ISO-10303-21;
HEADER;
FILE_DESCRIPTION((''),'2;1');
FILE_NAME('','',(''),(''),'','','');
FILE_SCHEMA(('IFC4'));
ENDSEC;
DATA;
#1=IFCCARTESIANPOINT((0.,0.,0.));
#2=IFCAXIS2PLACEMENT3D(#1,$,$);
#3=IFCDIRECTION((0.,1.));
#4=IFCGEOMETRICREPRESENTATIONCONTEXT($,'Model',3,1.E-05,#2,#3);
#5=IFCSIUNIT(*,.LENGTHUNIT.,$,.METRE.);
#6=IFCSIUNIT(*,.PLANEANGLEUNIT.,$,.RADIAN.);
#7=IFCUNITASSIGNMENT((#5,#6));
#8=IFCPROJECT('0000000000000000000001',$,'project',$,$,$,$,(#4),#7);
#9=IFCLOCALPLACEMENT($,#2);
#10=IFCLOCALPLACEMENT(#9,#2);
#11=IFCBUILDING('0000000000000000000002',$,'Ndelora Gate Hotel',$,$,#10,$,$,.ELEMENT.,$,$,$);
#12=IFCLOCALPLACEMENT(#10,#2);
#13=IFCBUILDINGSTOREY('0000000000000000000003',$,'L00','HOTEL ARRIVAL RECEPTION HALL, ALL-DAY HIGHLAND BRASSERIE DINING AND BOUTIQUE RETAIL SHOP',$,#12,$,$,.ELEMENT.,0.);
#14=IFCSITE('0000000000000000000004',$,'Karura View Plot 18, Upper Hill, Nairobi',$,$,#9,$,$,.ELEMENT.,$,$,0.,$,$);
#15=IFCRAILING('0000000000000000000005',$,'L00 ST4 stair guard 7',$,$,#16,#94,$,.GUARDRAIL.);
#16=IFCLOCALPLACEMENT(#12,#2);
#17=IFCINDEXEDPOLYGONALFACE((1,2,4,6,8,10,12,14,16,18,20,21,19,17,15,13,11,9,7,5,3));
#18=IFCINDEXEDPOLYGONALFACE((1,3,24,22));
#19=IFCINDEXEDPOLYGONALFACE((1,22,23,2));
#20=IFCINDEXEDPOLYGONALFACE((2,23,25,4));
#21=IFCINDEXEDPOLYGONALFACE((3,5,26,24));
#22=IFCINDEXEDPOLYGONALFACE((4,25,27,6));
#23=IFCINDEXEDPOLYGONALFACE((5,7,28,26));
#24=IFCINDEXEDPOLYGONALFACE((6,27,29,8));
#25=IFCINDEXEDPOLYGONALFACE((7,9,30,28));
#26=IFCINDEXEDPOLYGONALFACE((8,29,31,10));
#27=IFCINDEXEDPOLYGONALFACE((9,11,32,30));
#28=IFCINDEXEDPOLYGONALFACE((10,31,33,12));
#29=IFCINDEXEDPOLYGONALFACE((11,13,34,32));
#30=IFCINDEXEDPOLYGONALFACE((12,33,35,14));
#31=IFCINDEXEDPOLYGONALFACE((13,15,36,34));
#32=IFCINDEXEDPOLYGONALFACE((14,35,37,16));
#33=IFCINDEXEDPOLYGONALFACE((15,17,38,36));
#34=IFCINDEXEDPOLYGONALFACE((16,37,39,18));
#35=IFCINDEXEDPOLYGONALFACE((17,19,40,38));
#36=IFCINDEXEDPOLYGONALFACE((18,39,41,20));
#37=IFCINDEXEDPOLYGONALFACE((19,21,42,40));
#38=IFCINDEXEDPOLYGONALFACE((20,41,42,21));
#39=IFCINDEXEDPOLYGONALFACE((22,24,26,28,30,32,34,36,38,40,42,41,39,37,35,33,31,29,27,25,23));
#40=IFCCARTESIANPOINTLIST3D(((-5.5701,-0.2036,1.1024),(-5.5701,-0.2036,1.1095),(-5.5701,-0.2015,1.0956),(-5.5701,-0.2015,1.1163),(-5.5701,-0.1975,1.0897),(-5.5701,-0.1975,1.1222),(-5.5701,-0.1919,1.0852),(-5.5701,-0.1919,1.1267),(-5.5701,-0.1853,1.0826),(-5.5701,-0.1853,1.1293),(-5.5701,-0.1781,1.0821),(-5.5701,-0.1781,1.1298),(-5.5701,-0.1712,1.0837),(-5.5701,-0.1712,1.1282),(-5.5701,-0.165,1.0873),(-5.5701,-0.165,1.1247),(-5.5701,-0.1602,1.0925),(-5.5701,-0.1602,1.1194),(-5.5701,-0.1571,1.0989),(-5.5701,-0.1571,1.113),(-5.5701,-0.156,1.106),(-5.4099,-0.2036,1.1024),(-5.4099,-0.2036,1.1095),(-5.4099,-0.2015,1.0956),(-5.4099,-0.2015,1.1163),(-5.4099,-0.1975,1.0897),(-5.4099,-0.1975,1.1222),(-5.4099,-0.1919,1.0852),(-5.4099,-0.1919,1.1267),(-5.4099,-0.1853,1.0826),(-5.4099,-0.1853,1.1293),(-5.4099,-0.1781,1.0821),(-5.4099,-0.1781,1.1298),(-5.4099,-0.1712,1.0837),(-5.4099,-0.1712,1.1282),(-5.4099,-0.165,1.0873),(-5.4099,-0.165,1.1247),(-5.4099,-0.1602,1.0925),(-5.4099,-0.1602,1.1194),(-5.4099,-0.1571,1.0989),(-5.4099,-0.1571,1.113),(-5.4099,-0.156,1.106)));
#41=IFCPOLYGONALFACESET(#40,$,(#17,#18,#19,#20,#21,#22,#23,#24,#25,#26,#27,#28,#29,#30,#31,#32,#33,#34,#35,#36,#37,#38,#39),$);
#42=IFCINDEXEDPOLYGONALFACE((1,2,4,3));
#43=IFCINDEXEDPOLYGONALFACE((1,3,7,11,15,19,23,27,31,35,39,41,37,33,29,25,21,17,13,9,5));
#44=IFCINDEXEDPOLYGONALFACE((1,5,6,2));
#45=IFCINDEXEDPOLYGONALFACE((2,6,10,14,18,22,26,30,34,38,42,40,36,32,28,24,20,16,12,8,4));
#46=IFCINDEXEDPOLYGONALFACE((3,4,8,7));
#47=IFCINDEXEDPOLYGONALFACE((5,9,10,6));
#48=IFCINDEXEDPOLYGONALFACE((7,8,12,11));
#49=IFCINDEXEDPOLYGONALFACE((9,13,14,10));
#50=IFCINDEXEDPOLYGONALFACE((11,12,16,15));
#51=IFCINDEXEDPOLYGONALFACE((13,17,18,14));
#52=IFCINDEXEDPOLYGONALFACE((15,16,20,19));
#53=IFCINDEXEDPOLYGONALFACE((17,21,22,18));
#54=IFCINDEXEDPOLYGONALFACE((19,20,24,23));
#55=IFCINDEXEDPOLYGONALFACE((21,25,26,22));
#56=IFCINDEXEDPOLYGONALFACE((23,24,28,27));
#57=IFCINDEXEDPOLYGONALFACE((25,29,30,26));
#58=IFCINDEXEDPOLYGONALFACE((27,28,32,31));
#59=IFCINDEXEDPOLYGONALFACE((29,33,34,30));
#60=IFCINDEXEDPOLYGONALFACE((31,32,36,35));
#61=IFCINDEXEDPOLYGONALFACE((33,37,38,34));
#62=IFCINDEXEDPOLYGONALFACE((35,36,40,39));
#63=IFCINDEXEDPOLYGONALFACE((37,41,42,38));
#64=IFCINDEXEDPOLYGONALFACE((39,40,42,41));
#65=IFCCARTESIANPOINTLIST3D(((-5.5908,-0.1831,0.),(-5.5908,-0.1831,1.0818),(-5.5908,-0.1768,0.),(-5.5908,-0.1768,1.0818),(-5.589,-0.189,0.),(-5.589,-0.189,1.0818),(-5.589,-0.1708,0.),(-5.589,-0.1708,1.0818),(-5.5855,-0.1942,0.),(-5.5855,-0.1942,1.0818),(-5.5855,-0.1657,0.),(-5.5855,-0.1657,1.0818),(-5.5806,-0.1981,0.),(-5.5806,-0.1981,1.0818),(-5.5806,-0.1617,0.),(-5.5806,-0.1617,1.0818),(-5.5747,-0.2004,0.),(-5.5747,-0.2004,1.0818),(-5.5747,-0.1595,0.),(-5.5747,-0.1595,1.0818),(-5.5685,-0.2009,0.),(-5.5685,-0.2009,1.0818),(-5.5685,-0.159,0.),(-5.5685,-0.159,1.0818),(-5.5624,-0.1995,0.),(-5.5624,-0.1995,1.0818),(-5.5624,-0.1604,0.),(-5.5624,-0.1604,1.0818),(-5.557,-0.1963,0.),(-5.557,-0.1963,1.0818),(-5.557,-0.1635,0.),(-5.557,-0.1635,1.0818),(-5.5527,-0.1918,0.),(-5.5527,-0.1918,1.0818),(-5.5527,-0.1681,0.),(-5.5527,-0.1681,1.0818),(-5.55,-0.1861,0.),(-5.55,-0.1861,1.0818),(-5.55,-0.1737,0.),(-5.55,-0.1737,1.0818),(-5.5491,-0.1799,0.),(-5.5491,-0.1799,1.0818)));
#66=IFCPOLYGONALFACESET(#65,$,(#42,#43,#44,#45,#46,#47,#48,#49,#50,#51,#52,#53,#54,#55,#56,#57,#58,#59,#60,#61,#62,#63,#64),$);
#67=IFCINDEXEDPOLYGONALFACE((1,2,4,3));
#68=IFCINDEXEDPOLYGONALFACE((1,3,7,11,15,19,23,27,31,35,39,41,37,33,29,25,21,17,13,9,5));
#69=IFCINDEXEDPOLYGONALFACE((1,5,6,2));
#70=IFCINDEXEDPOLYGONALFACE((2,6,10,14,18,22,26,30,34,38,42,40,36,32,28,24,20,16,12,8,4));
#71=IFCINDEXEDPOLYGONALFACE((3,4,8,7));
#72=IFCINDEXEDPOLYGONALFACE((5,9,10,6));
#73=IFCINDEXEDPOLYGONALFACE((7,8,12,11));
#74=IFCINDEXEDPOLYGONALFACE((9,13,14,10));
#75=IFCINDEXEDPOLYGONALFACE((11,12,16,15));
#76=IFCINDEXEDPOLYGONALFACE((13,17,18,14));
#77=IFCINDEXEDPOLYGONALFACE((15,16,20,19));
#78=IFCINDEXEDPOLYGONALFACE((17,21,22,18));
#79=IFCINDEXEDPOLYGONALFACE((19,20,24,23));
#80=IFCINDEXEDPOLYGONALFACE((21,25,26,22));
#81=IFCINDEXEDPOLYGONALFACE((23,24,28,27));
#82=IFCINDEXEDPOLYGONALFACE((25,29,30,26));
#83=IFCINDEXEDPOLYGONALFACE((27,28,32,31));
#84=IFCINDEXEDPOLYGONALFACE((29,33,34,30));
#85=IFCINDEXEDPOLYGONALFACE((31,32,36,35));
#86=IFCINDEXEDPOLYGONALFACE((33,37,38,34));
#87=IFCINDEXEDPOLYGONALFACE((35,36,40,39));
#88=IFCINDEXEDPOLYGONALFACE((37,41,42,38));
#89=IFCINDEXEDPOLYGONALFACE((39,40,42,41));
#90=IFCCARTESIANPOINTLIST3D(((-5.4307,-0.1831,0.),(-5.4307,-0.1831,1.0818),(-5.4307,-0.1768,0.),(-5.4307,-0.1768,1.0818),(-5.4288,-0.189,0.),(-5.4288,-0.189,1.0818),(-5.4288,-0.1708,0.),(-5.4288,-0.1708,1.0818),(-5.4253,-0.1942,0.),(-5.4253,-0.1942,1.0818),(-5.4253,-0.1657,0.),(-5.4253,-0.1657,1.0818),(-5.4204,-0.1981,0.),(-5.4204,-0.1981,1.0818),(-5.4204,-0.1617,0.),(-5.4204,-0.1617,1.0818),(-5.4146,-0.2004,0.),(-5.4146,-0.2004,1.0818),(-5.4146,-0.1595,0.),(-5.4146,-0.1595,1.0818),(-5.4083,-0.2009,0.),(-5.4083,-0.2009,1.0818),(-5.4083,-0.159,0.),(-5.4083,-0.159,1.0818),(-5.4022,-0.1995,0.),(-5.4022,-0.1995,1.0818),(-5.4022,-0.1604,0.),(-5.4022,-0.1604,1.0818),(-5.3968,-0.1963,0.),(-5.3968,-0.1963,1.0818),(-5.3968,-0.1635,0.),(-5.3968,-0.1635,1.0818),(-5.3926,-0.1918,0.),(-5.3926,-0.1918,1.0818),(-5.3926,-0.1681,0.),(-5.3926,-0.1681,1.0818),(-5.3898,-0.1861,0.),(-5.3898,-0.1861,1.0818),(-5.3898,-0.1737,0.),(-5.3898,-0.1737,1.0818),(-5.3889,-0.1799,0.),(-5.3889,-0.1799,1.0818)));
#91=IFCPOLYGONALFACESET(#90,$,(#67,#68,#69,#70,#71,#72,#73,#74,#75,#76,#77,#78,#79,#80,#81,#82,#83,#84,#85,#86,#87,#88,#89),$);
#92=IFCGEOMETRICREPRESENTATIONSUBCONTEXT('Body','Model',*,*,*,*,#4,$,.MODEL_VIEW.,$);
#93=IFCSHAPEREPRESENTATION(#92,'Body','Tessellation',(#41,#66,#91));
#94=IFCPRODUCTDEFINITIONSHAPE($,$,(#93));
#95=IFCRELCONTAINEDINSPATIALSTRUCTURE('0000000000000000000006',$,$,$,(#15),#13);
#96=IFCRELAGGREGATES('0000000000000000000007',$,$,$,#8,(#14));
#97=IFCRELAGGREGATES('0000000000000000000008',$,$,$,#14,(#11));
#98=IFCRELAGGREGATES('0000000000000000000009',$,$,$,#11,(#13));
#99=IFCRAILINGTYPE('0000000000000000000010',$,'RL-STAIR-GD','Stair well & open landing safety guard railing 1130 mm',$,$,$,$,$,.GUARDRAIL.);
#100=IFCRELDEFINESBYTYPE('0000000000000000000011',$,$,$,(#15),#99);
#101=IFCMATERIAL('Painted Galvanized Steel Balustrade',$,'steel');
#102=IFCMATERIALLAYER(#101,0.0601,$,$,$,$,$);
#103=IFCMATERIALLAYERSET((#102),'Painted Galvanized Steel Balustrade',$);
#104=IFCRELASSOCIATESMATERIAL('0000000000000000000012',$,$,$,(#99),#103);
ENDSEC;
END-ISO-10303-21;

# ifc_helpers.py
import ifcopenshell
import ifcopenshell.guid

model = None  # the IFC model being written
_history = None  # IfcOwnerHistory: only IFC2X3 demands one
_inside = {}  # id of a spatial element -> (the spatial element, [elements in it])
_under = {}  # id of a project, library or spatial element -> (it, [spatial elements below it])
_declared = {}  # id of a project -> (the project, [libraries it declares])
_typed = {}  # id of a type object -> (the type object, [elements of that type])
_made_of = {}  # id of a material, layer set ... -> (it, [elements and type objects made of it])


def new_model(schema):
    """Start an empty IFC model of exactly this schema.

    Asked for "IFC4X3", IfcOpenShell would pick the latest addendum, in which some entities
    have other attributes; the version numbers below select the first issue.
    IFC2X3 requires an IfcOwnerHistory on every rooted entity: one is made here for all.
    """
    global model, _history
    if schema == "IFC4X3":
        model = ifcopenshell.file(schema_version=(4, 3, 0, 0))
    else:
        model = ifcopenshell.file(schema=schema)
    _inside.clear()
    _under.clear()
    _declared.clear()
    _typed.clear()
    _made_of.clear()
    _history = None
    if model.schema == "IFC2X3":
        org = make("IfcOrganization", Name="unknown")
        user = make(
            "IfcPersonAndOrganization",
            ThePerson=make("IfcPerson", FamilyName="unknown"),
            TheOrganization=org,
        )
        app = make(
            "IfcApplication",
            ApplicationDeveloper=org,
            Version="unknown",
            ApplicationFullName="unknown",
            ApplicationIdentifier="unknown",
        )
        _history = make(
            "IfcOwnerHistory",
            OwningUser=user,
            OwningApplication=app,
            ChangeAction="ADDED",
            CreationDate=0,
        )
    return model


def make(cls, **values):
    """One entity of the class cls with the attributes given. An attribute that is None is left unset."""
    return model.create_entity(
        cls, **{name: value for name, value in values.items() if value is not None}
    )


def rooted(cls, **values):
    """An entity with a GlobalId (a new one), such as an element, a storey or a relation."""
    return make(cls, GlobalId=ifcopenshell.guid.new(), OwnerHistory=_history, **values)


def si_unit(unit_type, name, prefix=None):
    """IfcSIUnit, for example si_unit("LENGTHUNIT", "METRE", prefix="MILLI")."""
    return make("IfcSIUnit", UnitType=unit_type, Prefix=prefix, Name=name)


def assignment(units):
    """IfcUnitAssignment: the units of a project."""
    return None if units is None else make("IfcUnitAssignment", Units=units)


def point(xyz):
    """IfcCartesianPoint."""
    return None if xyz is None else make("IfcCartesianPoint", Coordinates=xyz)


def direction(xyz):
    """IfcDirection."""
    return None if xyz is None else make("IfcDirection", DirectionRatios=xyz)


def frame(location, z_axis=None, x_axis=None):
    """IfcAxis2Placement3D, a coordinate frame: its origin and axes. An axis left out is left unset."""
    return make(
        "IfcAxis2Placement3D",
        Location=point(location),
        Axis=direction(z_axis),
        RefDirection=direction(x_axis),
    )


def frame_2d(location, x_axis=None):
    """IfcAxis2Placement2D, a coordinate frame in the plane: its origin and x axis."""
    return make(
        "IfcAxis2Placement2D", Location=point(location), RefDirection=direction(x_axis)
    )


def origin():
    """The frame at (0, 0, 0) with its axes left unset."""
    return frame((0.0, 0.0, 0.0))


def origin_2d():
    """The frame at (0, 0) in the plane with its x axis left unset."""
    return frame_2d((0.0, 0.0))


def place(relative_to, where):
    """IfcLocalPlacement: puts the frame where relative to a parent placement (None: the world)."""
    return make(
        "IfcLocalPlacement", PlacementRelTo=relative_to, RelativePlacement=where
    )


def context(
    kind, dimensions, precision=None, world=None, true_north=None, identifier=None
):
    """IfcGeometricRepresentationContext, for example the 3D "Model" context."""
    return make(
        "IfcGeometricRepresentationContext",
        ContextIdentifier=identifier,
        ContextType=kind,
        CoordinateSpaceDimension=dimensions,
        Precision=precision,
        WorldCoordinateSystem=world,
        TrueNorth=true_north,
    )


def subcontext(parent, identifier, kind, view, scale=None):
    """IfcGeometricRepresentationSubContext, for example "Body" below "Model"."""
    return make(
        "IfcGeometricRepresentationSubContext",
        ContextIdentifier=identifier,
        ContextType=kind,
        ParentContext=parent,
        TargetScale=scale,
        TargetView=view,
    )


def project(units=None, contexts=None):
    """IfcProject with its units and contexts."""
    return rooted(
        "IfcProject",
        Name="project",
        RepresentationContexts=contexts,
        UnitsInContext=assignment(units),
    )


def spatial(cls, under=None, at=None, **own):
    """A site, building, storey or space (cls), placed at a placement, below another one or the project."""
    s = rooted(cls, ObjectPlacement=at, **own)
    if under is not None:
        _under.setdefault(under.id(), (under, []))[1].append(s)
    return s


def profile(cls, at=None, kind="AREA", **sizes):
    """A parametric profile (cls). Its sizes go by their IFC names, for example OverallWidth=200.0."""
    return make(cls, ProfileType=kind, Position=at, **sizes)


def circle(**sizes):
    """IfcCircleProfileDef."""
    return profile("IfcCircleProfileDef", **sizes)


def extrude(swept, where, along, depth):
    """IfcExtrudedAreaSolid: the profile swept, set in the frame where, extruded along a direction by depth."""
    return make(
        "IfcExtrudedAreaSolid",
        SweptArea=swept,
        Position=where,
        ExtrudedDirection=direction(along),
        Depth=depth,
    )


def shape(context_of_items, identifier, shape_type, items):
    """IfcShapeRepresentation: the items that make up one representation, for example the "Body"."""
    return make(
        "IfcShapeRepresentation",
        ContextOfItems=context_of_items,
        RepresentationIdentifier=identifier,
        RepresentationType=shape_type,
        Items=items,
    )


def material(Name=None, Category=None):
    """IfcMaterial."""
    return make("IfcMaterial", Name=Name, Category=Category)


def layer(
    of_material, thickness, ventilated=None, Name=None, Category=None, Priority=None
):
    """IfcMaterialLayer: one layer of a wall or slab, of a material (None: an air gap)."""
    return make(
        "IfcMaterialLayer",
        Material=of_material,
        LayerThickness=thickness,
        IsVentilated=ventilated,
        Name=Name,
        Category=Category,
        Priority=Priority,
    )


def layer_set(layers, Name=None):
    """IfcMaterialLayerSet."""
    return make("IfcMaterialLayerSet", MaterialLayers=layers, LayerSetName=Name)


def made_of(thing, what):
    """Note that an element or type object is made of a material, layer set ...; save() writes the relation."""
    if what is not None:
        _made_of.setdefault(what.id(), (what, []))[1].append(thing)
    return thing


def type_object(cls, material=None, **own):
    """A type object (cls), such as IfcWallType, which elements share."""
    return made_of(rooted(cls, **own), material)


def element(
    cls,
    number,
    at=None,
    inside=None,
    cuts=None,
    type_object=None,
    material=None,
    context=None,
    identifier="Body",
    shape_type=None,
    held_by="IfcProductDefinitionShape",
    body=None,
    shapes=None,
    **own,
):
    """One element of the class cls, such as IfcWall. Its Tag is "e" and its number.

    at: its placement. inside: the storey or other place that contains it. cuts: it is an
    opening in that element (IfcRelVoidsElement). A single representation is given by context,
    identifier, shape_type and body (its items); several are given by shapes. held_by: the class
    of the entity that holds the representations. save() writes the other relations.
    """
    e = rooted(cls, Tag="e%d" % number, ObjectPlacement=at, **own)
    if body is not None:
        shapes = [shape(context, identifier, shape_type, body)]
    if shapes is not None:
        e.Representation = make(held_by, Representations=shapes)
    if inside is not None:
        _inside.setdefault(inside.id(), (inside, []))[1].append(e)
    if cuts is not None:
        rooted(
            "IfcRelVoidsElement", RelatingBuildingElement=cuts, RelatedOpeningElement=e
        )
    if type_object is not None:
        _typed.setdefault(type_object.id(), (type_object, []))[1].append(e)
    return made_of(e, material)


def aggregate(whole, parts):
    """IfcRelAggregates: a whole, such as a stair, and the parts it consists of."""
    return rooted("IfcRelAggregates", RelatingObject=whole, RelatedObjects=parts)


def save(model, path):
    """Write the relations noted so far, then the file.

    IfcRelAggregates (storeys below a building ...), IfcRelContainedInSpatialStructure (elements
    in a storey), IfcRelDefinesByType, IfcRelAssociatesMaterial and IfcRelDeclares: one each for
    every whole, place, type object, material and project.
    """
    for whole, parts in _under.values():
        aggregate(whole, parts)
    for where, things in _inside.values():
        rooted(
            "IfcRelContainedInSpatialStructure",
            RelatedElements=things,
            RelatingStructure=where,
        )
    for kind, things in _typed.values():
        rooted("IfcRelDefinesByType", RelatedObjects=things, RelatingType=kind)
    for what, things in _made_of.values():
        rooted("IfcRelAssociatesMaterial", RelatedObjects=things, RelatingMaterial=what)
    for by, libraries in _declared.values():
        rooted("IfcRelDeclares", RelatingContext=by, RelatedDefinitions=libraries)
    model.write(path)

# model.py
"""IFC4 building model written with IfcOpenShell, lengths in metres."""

from ifc_helpers import new_model, si_unit, direction, frame, origin, origin_2d, place, context, subcontext, project, spatial, circle, extrude, material, layer, layer_set, type_object, element, save


model = new_model("IFC4")

# Units and contexts
model_context = context("Model", 3, precision=1e-05, world=origin(), true_north=direction((0.0, 1.0)))
body_context = subcontext(model_context, "Body", "Model", "MODEL_VIEW")
ifc_project = project(units=[si_unit("LENGTHUNIT", "METRE"), si_unit("PLANEANGLEUNIT", "RADIAN")], contexts=[model_context])

# Site, building, storey
site_placement = place(None, origin())
site = spatial("IfcSite", under=ifc_project, at=site_placement, Name="Karura View Plot 18, Upper Hill, Nairobi", CompositionType="ELEMENT", RefElevation=0.0)
building_placement = place(site_placement, origin())
building = spatial("IfcBuilding", under=site, at=building_placement, Name="Ndelora Gate Hotel", CompositionType="ELEMENT")
storey_placement = place(building_placement, origin())
storey = spatial("IfcBuildingStorey", under=building, at=storey_placement, Name="L00", Description="HOTEL ARRIVAL RECEPTION HALL, ALL-DAY HIGHLAND BRASSERIE DINING AND BOUTIQUE RETAIL SHOP", CompositionType="ELEMENT", Elevation=0.0)

# Railing
ifc_material_1 = material(Name="Painted Galvanized Steel Balustrade", Category="steel")
ifc_layer_1 = layer(ifc_material_1, 0.0601)
ifc_layer_set_1 = layer_set([ifc_layer_1], Name="Painted Galvanized Steel Balustrade")
railing_type_1 = type_object("IfcRailingType", Name="RL-STAIR-GD", Description="Stair well & open landing safety guard railing 1130 mm", PredefinedType="GUARDRAIL", material=ifc_layer_set_1)
railing_1_placement = place(storey_placement, frame((-5.5701, -0.1799, 0.0)))
element("IfcRailing", 1, at=railing_1_placement, inside=storey, type_object=railing_type_1, Name="L00 ST4 stair guard 7", PredefinedType="GUARDRAIL", context=body_context, shape_type="SweptSolid", body=[
    extrude(circle(Radius=0.0239, at=origin_2d()), frame((0.0, 0.0, 1.106), z_axis=(1.0, 0.0, 0.0), x_axis=(0.0, 1.0, 0.0)), (0.0, 0.0, 1.0), 0.1602),
    extrude(circle(Radius=0.021, at=origin_2d()), origin(), (0.0, 0.0, 1.0), 1.0818),
    extrude(circle(Radius=0.021, at=origin_2d()), frame((0.1602, 0.0, 0.0)), (0.0, 0.0, 1.0), 1.0818),
])

save(model, "model.ifc")
